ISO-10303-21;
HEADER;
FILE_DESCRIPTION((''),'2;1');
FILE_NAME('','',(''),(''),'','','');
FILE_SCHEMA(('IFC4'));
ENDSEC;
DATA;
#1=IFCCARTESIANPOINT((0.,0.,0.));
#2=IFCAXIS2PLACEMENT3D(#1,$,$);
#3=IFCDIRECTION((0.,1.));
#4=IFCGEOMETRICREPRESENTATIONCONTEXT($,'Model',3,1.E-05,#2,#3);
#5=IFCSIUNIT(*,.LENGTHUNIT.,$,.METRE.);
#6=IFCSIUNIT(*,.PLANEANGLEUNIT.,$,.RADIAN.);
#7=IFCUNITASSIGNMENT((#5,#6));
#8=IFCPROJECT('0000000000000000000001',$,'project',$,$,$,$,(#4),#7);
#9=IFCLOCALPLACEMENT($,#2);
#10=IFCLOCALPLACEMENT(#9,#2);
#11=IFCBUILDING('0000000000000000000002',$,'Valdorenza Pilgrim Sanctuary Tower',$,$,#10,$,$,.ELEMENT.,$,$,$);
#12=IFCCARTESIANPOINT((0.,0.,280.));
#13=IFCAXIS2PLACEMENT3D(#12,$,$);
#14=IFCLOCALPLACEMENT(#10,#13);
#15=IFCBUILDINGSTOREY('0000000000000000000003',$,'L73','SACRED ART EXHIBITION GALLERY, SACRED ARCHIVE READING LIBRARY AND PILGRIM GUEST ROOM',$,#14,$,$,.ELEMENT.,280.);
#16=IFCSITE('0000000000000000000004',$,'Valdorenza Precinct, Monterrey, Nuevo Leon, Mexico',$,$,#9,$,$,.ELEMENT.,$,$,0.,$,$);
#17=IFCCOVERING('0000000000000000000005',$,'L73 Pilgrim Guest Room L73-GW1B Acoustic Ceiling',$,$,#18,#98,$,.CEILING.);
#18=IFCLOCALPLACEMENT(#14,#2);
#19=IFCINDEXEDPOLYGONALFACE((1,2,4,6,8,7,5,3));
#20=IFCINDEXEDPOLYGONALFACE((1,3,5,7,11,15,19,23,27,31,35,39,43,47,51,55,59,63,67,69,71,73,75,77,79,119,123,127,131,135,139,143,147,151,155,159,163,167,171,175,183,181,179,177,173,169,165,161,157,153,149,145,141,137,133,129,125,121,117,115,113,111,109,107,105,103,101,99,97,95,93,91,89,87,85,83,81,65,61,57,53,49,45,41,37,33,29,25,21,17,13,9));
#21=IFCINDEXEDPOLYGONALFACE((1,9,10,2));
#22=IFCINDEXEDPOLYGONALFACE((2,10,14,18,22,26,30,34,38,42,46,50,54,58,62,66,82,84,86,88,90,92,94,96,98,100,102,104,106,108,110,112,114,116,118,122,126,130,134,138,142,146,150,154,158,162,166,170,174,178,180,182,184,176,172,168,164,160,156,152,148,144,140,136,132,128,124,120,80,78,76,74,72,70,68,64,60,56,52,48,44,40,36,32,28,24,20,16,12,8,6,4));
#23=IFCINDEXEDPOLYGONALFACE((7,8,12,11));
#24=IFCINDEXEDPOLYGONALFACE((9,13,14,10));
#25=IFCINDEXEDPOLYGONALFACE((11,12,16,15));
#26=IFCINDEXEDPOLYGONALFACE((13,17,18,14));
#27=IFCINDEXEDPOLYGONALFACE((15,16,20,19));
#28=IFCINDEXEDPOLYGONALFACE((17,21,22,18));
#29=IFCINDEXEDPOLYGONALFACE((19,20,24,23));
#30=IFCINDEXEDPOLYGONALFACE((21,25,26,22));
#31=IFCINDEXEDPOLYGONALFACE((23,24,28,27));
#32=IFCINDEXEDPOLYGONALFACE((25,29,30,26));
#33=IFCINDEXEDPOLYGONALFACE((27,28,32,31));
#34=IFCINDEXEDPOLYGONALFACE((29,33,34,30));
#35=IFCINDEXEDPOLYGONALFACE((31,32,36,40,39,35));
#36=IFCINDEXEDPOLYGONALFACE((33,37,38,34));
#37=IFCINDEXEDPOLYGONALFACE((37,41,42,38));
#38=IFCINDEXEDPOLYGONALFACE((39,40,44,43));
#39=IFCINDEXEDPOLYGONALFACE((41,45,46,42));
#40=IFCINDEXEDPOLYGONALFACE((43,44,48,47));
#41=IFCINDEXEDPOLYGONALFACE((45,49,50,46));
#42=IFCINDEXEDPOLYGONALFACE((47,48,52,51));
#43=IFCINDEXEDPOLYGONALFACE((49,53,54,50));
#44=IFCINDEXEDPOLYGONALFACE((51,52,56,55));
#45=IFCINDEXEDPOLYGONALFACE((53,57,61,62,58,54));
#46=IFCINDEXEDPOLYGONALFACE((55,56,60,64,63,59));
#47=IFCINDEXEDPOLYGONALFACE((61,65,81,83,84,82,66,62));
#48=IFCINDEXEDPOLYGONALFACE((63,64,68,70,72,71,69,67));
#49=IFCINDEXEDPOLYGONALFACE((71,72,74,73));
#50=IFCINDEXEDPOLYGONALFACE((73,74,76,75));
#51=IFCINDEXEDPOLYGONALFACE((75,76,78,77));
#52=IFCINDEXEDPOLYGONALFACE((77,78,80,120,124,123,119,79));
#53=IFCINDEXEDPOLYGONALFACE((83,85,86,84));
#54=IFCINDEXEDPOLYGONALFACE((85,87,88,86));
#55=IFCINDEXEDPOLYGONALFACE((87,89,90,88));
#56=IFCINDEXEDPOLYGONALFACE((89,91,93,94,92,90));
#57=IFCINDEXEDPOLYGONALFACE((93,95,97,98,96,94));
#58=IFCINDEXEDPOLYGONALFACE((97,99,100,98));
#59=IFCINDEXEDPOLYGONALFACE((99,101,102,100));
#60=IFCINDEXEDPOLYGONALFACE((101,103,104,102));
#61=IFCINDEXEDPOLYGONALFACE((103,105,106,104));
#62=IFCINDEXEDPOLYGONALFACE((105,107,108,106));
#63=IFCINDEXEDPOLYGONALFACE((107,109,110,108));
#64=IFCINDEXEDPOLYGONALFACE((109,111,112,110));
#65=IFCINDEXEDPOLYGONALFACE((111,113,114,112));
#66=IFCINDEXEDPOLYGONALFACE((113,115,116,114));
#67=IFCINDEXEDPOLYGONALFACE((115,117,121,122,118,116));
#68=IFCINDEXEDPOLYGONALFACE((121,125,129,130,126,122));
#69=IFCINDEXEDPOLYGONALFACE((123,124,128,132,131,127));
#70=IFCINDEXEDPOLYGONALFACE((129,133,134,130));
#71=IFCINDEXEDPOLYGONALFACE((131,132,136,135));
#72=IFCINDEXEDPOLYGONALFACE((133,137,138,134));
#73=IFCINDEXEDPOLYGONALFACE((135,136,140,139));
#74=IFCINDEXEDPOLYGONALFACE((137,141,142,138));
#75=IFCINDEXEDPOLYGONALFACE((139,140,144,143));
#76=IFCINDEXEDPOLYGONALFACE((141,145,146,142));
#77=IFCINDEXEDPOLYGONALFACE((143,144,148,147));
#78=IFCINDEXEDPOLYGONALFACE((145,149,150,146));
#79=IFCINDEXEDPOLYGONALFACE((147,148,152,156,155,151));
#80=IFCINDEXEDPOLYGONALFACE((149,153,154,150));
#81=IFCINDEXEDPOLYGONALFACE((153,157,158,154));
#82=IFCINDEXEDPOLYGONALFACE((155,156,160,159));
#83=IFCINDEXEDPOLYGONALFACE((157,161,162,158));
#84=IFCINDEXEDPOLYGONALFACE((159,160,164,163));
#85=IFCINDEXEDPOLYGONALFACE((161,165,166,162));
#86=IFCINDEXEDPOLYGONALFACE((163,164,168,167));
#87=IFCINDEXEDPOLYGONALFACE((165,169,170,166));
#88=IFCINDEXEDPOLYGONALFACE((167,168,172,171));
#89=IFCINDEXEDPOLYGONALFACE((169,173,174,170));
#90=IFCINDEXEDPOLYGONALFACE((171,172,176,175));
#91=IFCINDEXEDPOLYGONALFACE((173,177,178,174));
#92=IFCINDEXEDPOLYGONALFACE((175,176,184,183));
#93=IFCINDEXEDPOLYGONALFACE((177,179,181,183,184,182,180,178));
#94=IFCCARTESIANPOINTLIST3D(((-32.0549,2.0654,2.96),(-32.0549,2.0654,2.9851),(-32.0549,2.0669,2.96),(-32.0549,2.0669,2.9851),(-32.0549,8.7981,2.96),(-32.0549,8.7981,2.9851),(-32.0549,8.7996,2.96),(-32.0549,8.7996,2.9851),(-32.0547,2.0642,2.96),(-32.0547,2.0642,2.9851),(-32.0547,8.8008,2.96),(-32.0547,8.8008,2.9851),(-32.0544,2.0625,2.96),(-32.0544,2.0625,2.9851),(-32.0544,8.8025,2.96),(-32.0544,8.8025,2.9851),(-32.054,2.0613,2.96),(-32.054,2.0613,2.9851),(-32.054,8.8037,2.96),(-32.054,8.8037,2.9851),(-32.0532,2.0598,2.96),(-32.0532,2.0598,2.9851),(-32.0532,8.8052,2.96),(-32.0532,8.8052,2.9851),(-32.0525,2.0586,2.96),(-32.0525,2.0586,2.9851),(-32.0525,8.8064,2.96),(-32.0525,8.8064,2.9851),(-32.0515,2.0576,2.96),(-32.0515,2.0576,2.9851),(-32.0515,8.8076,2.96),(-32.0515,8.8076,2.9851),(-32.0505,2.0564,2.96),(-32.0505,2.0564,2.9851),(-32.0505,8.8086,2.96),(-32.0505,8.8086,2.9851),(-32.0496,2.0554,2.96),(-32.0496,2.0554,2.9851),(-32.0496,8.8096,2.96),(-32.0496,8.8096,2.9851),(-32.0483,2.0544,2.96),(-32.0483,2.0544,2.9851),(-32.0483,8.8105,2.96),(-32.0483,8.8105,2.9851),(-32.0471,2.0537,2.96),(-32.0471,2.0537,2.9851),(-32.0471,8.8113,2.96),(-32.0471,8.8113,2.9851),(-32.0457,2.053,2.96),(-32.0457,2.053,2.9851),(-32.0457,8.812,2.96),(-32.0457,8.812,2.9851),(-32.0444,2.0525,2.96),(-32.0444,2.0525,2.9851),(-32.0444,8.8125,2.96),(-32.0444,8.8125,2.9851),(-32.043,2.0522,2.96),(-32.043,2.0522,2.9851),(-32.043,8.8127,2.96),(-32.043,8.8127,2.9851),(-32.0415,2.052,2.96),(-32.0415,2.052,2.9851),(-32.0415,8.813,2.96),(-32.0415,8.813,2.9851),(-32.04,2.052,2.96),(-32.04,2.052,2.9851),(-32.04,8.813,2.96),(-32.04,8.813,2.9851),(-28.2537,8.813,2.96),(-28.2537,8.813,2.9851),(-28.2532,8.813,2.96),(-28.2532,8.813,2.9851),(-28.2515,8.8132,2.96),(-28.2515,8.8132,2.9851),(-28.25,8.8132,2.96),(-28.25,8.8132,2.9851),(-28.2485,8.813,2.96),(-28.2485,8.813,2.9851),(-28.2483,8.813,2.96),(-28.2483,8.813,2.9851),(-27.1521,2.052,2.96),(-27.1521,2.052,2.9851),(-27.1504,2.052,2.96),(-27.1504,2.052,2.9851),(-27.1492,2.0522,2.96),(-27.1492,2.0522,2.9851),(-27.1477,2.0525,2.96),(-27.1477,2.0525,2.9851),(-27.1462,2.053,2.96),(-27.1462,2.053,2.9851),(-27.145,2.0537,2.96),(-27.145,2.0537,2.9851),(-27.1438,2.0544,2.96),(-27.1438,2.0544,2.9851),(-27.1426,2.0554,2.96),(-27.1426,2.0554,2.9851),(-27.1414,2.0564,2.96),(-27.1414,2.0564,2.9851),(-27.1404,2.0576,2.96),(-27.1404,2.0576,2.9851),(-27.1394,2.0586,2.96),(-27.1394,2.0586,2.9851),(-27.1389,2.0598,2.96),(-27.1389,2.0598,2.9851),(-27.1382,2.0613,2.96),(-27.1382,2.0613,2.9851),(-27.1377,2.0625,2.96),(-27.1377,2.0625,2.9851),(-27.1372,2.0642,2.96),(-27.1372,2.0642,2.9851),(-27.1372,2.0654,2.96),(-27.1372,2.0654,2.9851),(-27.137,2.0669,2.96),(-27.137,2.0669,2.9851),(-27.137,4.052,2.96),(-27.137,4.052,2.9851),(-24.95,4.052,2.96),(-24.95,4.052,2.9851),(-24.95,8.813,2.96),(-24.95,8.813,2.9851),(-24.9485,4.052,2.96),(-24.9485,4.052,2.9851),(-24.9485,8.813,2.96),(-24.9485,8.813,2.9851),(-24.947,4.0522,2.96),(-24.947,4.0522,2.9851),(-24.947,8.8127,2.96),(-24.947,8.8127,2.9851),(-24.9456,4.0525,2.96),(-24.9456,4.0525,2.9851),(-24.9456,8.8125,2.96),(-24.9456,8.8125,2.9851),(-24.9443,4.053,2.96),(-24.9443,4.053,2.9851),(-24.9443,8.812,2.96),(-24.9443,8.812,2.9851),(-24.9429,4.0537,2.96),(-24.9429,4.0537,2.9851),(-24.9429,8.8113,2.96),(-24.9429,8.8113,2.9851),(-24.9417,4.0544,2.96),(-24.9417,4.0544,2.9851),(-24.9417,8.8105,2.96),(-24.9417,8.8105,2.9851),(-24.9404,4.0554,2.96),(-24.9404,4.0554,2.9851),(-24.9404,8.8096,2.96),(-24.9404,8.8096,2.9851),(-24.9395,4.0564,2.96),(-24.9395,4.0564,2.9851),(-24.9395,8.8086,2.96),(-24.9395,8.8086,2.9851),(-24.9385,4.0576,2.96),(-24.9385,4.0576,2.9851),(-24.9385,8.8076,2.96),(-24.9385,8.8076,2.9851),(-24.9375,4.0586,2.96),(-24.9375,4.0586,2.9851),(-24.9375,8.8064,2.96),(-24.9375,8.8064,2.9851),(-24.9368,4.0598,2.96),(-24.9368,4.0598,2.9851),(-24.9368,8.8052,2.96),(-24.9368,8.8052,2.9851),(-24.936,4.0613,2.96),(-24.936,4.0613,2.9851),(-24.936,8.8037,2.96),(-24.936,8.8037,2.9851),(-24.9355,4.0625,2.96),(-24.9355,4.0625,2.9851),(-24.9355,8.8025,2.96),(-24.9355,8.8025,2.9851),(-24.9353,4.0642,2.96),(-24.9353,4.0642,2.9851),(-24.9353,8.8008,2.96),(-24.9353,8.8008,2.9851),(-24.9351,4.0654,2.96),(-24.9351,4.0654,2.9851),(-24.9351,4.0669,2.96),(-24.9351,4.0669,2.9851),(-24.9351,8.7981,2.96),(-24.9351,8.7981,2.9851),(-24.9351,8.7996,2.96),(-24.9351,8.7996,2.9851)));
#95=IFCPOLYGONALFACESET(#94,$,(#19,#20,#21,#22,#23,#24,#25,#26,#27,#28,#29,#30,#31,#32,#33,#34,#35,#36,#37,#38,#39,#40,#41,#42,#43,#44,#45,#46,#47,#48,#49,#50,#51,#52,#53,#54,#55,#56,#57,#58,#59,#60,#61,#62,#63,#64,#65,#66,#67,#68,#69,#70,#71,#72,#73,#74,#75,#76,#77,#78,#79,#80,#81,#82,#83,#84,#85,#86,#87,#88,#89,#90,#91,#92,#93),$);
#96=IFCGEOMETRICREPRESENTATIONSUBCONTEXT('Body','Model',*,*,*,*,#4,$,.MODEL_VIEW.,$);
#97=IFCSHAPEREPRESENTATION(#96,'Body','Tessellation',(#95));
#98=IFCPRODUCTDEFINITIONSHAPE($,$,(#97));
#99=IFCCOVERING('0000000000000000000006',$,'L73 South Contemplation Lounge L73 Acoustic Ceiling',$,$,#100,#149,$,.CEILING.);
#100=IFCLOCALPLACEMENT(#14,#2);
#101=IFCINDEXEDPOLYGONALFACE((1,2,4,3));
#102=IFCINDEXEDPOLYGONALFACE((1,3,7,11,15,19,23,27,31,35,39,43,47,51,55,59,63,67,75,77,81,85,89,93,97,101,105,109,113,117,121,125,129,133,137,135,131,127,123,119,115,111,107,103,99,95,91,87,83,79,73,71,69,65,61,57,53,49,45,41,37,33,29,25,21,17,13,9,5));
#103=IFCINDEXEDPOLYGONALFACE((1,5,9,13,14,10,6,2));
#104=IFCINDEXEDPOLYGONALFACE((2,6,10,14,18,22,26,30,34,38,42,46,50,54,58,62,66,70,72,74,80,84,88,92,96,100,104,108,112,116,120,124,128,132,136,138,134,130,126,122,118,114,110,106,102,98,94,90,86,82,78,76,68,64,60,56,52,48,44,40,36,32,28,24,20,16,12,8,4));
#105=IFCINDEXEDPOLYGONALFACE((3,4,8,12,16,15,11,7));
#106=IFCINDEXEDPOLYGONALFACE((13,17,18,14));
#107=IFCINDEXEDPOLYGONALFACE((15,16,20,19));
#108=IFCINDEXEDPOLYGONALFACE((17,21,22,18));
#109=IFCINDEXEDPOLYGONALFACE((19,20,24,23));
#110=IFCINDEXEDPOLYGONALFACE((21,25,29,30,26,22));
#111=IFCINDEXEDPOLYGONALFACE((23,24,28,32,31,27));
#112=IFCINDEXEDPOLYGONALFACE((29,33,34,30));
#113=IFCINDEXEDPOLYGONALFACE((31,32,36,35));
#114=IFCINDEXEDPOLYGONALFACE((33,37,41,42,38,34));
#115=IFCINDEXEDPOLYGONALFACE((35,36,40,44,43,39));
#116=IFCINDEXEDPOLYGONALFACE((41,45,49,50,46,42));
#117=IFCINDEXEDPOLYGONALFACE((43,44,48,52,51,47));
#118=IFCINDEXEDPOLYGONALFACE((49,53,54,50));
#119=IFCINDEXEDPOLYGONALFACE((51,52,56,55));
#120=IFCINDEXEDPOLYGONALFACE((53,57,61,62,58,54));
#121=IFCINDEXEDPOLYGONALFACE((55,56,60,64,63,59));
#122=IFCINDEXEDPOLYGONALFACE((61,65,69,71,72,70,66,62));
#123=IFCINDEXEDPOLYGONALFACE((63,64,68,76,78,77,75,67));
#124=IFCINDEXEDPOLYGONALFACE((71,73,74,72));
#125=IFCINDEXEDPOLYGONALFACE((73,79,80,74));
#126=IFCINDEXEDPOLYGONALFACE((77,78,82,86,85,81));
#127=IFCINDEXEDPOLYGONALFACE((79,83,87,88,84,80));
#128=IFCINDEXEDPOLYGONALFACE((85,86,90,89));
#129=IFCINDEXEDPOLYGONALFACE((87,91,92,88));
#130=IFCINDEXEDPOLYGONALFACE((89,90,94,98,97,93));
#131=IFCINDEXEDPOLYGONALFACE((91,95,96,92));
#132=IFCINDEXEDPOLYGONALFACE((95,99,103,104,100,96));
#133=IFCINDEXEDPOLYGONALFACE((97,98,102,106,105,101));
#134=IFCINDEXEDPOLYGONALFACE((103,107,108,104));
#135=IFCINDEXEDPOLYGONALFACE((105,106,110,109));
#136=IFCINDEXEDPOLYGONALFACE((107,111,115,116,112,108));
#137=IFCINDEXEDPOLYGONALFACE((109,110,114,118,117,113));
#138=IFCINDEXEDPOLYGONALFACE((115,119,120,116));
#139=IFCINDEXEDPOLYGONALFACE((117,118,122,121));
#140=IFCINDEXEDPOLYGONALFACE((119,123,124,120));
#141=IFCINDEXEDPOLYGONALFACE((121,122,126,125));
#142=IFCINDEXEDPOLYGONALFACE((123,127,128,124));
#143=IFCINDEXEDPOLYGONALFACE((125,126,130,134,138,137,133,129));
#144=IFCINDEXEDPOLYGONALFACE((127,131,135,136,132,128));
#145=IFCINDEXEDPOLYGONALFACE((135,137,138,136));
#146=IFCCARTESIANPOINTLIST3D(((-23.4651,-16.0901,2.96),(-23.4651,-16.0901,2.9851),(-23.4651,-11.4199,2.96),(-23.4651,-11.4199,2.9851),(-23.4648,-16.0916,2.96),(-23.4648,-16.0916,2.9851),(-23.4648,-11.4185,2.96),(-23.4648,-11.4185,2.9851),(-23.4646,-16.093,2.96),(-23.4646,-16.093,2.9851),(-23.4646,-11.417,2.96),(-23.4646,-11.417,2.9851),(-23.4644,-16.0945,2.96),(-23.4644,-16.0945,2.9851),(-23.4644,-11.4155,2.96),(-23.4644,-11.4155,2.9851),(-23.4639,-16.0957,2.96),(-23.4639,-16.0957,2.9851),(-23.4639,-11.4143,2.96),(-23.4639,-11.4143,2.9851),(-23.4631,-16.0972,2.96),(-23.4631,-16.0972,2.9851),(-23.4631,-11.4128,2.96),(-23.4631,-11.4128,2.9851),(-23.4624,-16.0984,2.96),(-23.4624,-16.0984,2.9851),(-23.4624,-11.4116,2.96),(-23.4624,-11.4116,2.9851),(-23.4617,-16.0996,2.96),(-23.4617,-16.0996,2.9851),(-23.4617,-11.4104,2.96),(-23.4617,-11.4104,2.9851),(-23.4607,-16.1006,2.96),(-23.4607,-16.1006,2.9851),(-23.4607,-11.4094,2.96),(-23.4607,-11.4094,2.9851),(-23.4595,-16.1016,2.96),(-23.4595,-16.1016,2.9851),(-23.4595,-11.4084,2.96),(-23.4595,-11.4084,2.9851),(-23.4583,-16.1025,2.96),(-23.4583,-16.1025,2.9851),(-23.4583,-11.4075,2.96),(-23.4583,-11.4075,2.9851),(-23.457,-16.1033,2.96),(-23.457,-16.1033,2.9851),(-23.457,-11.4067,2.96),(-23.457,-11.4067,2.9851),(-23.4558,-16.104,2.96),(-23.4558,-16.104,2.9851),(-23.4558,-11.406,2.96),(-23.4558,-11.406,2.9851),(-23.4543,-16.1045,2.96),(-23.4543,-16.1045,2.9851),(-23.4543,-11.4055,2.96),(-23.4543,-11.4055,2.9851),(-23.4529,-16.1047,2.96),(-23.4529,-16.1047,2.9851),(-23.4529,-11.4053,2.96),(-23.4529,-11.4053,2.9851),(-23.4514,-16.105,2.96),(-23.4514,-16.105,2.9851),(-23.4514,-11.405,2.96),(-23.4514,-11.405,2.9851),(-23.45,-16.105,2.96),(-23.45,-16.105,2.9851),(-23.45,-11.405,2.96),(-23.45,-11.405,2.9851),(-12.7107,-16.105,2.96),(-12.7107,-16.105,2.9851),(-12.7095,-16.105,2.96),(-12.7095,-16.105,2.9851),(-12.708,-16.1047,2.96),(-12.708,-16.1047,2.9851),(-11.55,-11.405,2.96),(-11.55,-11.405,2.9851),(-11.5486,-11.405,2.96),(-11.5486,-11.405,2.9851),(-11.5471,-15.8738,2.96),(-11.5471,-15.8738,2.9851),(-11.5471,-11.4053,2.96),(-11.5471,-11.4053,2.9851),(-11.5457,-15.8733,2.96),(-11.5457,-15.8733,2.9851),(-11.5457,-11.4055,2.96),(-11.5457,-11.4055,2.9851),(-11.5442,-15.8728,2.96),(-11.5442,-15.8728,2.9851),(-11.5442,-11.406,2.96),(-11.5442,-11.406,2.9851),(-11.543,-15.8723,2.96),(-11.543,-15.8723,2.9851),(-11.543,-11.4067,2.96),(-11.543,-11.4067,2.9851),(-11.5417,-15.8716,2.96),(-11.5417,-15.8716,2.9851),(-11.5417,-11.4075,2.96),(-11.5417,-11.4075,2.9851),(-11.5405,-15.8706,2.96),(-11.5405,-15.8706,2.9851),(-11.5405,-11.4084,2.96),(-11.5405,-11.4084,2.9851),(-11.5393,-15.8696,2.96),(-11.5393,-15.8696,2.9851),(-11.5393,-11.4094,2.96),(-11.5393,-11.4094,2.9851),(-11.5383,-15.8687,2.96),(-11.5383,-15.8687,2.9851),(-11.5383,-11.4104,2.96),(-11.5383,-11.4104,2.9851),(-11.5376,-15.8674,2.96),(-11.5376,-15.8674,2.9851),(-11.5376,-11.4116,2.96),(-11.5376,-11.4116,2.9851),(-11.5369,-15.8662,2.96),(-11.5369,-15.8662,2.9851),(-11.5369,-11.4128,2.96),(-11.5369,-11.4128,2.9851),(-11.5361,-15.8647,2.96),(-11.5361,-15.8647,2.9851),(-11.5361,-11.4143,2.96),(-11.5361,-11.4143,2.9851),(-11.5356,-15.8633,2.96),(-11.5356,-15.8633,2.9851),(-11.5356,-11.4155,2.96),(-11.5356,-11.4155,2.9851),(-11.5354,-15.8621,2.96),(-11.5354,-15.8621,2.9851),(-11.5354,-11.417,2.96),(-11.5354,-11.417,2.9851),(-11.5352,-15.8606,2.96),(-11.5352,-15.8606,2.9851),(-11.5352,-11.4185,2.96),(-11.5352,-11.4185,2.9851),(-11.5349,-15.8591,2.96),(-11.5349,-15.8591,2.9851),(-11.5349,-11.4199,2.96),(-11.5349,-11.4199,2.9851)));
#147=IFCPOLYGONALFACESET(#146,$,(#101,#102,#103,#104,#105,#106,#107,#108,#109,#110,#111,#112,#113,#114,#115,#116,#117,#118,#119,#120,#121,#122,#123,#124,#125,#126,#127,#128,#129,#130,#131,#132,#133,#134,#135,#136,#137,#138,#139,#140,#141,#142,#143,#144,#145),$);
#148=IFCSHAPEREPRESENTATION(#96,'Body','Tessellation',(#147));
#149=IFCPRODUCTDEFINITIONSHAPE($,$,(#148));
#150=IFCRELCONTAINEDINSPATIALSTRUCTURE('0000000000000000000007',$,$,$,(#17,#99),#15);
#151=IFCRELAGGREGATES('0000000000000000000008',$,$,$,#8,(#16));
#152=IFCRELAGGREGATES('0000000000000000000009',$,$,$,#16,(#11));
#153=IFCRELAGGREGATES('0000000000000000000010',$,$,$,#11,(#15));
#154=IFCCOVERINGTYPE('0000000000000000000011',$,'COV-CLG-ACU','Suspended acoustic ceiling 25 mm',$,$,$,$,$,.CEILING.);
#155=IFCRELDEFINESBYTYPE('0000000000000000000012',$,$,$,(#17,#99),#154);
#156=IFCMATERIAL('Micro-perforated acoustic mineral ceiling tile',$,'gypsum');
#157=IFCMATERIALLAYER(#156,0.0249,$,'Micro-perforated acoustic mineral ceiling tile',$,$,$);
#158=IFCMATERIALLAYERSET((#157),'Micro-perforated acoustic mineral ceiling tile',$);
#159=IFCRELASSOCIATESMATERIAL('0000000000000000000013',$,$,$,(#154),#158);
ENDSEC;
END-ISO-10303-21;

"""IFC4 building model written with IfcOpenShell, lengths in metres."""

from ifc_helpers import new_model, si_unit, direction, frame, origin, place, context, subcontext, project, spatial, polyline, outline, extrude, material, layer, layer_set, type_object, element, save


model = new_model("IFC4")

# Units and contexts
model_context = context("Model", 3, precision=1e-05, world=origin(), true_north=direction((0.0, 1.0)))
body_context = subcontext(model_context, "Body", "Model", "MODEL_VIEW")
ifc_project = project(units=[si_unit("LENGTHUNIT", "METRE"), si_unit("PLANEANGLEUNIT", "RADIAN")], contexts=[model_context])

# Site, building, storey
site_placement = place(None, origin())
site = spatial("IfcSite", under=ifc_project, at=site_placement, Name="Valdorenza Precinct, Monterrey, Nuevo Leon, Mexico", CompositionType="ELEMENT", RefElevation=0.0)
building_placement = place(site_placement, origin())
building = spatial("IfcBuilding", under=site, at=building_placement, Name="Valdorenza Pilgrim Sanctuary Tower", CompositionType="ELEMENT")
storey_placement = place(building_placement, frame((0.0, 0.0, 280.0)))
storey = spatial("IfcBuildingStorey", under=building, at=storey_placement, Name="L73", Description="SACRED ART EXHIBITION GALLERY, SACRED ARCHIVE READING LIBRARY AND PILGRIM GUEST ROOM", CompositionType="ELEMENT", Elevation=280.0)

# Coverings
ifc_material_1 = material(Name="Micro-perforated acoustic mineral ceiling tile", Category="gypsum")
ifc_layer_1 = layer(ifc_material_1, 0.0249, Name="Micro-perforated acoustic mineral ceiling tile")
ifc_layer_set_1 = layer_set([ifc_layer_1], Name="Micro-perforated acoustic mineral ceiling tile")
covering_type_1 = type_object("IfcCoveringType", Name="COV-CLG-ACU", Description="Suspended acoustic ceiling 25 mm", PredefinedType="CEILING", material=ifc_layer_set_1)
covering_1_placement = place(storey_placement, frame((0.0, 0.0, 2.96)))
element("IfcCovering", 1, at=covering_1_placement, inside=storey, type_object=covering_type_1, Name="L73 Pilgrim Guest Room L73-GW1B Acoustic Ceiling", PredefinedType="CEILING", context=body_context, shape_type="SweptSolid", body=[
    extrude(outline(polyline([(-28.2537, 8.813), (-28.2532, 8.813), (-28.2515, 8.8132), (-28.25, 8.8132), (-28.2485, 8.813), (-28.2483, 8.813), (-24.95, 8.813), (-24.9485, 8.813), (-24.947, 8.8127), (-24.9456, 8.8125), (-24.9443, 8.812), (-24.9429, 8.8113), (-24.9417, 8.8105), (-24.9404, 8.8096), (-24.9395, 8.8086), (-24.9385, 8.8076), (-24.9375, 8.8064), (-24.9368, 8.8052), (-24.936, 8.8037), (-24.9355, 8.8025), (-24.9353, 8.8008), (-24.9351, 8.7996), (-24.9351, 8.7981), (-24.9351, 4.0669), (-24.9351, 4.0654), (-24.9353, 4.0642), (-24.9355, 4.0625), (-24.936, 4.0613), (-24.9368, 4.0598), (-24.9375, 4.0586), (-24.9385, 4.0576), (-24.9395, 4.0564), (-24.9404, 4.0554), (-24.9417, 4.0544), (-24.9429, 4.0537), (-24.9443, 4.053), (-24.9456, 4.0525), (-24.947, 4.0522), (-24.9485, 4.052), (-24.95, 4.052), (-27.137, 4.052), (-27.137, 2.0669), (-27.1372, 2.0654), (-27.1372, 2.0642), (-27.1377, 2.0625), (-27.1382, 2.0613), (-27.1389, 2.0598), (-27.1394, 2.0586), (-27.1404, 2.0576), (-27.1414, 2.0564), (-27.1426, 2.0554), (-27.1438, 2.0544), (-27.145, 2.0537), (-27.1462, 2.053), (-27.1477, 2.0525), (-27.1492, 2.0522), (-27.1504, 2.052), (-27.1521, 2.052), (-32.04, 2.052), (-32.0415, 2.052), (-32.043, 2.0522), (-32.0444, 2.0525), (-32.0457, 2.053), (-32.0471, 2.0537), (-32.0483, 2.0544), (-32.0496, 2.0554), (-32.0505, 2.0564), (-32.0515, 2.0576), (-32.0525, 2.0586), (-32.0532, 2.0598), (-32.054, 2.0613), (-32.0544, 2.0625), (-32.0547, 2.0642), (-32.0549, 2.0654), (-32.0549, 2.0669), (-32.0549, 8.7981), (-32.0549, 8.7996), (-32.0547, 8.8008), (-32.0544, 8.8025), (-32.054, 8.8037), (-32.0532, 8.8052), (-32.0525, 8.8064), (-32.0515, 8.8076), (-32.0505, 8.8086), (-32.0496, 8.8096), (-32.0483, 8.8105), (-32.0471, 8.8113), (-32.0457, 8.812), (-32.0444, 8.8125), (-32.043, 8.8127), (-32.0415, 8.813), (-32.04, 8.813), (-28.2537, 8.813)])), origin(), (0.0, 0.0, 1.0), 0.0251),
])
covering_2_placement = place(storey_placement, frame((0.0, 0.0, 2.96)))
element("IfcCovering", 2, at=covering_2_placement, inside=storey, type_object=covering_type_1, Name="L73 South Contemplation Lounge L73 Acoustic Ceiling", PredefinedType="CEILING", context=body_context, shape_type="SweptSolid", body=[
    extrude(outline(polyline([(-11.55, -11.405), (-11.5486, -11.405), (-11.5471, -11.4053), (-11.5457, -11.4055), (-11.5442, -11.406), (-11.543, -11.4067), (-11.5417, -11.4075), (-11.5405, -11.4084), (-11.5393, -11.4094), (-11.5383, -11.4104), (-11.5376, -11.4116), (-11.5369, -11.4128), (-11.5361, -11.4143), (-11.5356, -11.4155), (-11.5354, -11.417), (-11.5352, -11.4185), (-11.5349, -11.4199), (-11.5349, -15.8591), (-11.5352, -15.8606), (-11.5354, -15.8621), (-11.5356, -15.8633), (-11.5361, -15.8647), (-11.5369, -15.8662), (-11.5376, -15.8674), (-11.5383, -15.8687), (-11.5393, -15.8696), (-11.5405, -15.8706), (-11.5417, -15.8716), (-11.543, -15.8723), (-11.5442, -15.8728), (-11.5457, -15.8733), (-11.5471, -15.8738), (-12.708, -16.1047), (-12.7095, -16.105), (-12.7107, -16.105), (-23.45, -16.105), (-23.4514, -16.105), (-23.4529, -16.1047), (-23.4543, -16.1045), (-23.4558, -16.104), (-23.457, -16.1033), (-23.4583, -16.1025), (-23.4595, -16.1016), (-23.4607, -16.1006), (-23.4617, -16.0996), (-23.4624, -16.0984), (-23.4631, -16.0972), (-23.4639, -16.0957), (-23.4644, -16.0945), (-23.4646, -16.093), (-23.4648, -16.0916), (-23.4651, -16.0901), (-23.4651, -11.4199), (-23.4648, -11.4185), (-23.4646, -11.417), (-23.4644, -11.4155), (-23.4639, -11.4143), (-23.4631, -11.4128), (-23.4624, -11.4116), (-23.4617, -11.4104), (-23.4607, -11.4094), (-23.4595, -11.4084), (-23.4583, -11.4075), (-23.457, -11.4067), (-23.4558, -11.406), (-23.4543, -11.4055), (-23.4529, -11.4053), (-23.4514, -11.405), (-23.45, -11.405), (-11.55, -11.405)])), origin(), (0.0, 0.0, 1.0), 0.0251),
])

save(model, "model.ifc")
